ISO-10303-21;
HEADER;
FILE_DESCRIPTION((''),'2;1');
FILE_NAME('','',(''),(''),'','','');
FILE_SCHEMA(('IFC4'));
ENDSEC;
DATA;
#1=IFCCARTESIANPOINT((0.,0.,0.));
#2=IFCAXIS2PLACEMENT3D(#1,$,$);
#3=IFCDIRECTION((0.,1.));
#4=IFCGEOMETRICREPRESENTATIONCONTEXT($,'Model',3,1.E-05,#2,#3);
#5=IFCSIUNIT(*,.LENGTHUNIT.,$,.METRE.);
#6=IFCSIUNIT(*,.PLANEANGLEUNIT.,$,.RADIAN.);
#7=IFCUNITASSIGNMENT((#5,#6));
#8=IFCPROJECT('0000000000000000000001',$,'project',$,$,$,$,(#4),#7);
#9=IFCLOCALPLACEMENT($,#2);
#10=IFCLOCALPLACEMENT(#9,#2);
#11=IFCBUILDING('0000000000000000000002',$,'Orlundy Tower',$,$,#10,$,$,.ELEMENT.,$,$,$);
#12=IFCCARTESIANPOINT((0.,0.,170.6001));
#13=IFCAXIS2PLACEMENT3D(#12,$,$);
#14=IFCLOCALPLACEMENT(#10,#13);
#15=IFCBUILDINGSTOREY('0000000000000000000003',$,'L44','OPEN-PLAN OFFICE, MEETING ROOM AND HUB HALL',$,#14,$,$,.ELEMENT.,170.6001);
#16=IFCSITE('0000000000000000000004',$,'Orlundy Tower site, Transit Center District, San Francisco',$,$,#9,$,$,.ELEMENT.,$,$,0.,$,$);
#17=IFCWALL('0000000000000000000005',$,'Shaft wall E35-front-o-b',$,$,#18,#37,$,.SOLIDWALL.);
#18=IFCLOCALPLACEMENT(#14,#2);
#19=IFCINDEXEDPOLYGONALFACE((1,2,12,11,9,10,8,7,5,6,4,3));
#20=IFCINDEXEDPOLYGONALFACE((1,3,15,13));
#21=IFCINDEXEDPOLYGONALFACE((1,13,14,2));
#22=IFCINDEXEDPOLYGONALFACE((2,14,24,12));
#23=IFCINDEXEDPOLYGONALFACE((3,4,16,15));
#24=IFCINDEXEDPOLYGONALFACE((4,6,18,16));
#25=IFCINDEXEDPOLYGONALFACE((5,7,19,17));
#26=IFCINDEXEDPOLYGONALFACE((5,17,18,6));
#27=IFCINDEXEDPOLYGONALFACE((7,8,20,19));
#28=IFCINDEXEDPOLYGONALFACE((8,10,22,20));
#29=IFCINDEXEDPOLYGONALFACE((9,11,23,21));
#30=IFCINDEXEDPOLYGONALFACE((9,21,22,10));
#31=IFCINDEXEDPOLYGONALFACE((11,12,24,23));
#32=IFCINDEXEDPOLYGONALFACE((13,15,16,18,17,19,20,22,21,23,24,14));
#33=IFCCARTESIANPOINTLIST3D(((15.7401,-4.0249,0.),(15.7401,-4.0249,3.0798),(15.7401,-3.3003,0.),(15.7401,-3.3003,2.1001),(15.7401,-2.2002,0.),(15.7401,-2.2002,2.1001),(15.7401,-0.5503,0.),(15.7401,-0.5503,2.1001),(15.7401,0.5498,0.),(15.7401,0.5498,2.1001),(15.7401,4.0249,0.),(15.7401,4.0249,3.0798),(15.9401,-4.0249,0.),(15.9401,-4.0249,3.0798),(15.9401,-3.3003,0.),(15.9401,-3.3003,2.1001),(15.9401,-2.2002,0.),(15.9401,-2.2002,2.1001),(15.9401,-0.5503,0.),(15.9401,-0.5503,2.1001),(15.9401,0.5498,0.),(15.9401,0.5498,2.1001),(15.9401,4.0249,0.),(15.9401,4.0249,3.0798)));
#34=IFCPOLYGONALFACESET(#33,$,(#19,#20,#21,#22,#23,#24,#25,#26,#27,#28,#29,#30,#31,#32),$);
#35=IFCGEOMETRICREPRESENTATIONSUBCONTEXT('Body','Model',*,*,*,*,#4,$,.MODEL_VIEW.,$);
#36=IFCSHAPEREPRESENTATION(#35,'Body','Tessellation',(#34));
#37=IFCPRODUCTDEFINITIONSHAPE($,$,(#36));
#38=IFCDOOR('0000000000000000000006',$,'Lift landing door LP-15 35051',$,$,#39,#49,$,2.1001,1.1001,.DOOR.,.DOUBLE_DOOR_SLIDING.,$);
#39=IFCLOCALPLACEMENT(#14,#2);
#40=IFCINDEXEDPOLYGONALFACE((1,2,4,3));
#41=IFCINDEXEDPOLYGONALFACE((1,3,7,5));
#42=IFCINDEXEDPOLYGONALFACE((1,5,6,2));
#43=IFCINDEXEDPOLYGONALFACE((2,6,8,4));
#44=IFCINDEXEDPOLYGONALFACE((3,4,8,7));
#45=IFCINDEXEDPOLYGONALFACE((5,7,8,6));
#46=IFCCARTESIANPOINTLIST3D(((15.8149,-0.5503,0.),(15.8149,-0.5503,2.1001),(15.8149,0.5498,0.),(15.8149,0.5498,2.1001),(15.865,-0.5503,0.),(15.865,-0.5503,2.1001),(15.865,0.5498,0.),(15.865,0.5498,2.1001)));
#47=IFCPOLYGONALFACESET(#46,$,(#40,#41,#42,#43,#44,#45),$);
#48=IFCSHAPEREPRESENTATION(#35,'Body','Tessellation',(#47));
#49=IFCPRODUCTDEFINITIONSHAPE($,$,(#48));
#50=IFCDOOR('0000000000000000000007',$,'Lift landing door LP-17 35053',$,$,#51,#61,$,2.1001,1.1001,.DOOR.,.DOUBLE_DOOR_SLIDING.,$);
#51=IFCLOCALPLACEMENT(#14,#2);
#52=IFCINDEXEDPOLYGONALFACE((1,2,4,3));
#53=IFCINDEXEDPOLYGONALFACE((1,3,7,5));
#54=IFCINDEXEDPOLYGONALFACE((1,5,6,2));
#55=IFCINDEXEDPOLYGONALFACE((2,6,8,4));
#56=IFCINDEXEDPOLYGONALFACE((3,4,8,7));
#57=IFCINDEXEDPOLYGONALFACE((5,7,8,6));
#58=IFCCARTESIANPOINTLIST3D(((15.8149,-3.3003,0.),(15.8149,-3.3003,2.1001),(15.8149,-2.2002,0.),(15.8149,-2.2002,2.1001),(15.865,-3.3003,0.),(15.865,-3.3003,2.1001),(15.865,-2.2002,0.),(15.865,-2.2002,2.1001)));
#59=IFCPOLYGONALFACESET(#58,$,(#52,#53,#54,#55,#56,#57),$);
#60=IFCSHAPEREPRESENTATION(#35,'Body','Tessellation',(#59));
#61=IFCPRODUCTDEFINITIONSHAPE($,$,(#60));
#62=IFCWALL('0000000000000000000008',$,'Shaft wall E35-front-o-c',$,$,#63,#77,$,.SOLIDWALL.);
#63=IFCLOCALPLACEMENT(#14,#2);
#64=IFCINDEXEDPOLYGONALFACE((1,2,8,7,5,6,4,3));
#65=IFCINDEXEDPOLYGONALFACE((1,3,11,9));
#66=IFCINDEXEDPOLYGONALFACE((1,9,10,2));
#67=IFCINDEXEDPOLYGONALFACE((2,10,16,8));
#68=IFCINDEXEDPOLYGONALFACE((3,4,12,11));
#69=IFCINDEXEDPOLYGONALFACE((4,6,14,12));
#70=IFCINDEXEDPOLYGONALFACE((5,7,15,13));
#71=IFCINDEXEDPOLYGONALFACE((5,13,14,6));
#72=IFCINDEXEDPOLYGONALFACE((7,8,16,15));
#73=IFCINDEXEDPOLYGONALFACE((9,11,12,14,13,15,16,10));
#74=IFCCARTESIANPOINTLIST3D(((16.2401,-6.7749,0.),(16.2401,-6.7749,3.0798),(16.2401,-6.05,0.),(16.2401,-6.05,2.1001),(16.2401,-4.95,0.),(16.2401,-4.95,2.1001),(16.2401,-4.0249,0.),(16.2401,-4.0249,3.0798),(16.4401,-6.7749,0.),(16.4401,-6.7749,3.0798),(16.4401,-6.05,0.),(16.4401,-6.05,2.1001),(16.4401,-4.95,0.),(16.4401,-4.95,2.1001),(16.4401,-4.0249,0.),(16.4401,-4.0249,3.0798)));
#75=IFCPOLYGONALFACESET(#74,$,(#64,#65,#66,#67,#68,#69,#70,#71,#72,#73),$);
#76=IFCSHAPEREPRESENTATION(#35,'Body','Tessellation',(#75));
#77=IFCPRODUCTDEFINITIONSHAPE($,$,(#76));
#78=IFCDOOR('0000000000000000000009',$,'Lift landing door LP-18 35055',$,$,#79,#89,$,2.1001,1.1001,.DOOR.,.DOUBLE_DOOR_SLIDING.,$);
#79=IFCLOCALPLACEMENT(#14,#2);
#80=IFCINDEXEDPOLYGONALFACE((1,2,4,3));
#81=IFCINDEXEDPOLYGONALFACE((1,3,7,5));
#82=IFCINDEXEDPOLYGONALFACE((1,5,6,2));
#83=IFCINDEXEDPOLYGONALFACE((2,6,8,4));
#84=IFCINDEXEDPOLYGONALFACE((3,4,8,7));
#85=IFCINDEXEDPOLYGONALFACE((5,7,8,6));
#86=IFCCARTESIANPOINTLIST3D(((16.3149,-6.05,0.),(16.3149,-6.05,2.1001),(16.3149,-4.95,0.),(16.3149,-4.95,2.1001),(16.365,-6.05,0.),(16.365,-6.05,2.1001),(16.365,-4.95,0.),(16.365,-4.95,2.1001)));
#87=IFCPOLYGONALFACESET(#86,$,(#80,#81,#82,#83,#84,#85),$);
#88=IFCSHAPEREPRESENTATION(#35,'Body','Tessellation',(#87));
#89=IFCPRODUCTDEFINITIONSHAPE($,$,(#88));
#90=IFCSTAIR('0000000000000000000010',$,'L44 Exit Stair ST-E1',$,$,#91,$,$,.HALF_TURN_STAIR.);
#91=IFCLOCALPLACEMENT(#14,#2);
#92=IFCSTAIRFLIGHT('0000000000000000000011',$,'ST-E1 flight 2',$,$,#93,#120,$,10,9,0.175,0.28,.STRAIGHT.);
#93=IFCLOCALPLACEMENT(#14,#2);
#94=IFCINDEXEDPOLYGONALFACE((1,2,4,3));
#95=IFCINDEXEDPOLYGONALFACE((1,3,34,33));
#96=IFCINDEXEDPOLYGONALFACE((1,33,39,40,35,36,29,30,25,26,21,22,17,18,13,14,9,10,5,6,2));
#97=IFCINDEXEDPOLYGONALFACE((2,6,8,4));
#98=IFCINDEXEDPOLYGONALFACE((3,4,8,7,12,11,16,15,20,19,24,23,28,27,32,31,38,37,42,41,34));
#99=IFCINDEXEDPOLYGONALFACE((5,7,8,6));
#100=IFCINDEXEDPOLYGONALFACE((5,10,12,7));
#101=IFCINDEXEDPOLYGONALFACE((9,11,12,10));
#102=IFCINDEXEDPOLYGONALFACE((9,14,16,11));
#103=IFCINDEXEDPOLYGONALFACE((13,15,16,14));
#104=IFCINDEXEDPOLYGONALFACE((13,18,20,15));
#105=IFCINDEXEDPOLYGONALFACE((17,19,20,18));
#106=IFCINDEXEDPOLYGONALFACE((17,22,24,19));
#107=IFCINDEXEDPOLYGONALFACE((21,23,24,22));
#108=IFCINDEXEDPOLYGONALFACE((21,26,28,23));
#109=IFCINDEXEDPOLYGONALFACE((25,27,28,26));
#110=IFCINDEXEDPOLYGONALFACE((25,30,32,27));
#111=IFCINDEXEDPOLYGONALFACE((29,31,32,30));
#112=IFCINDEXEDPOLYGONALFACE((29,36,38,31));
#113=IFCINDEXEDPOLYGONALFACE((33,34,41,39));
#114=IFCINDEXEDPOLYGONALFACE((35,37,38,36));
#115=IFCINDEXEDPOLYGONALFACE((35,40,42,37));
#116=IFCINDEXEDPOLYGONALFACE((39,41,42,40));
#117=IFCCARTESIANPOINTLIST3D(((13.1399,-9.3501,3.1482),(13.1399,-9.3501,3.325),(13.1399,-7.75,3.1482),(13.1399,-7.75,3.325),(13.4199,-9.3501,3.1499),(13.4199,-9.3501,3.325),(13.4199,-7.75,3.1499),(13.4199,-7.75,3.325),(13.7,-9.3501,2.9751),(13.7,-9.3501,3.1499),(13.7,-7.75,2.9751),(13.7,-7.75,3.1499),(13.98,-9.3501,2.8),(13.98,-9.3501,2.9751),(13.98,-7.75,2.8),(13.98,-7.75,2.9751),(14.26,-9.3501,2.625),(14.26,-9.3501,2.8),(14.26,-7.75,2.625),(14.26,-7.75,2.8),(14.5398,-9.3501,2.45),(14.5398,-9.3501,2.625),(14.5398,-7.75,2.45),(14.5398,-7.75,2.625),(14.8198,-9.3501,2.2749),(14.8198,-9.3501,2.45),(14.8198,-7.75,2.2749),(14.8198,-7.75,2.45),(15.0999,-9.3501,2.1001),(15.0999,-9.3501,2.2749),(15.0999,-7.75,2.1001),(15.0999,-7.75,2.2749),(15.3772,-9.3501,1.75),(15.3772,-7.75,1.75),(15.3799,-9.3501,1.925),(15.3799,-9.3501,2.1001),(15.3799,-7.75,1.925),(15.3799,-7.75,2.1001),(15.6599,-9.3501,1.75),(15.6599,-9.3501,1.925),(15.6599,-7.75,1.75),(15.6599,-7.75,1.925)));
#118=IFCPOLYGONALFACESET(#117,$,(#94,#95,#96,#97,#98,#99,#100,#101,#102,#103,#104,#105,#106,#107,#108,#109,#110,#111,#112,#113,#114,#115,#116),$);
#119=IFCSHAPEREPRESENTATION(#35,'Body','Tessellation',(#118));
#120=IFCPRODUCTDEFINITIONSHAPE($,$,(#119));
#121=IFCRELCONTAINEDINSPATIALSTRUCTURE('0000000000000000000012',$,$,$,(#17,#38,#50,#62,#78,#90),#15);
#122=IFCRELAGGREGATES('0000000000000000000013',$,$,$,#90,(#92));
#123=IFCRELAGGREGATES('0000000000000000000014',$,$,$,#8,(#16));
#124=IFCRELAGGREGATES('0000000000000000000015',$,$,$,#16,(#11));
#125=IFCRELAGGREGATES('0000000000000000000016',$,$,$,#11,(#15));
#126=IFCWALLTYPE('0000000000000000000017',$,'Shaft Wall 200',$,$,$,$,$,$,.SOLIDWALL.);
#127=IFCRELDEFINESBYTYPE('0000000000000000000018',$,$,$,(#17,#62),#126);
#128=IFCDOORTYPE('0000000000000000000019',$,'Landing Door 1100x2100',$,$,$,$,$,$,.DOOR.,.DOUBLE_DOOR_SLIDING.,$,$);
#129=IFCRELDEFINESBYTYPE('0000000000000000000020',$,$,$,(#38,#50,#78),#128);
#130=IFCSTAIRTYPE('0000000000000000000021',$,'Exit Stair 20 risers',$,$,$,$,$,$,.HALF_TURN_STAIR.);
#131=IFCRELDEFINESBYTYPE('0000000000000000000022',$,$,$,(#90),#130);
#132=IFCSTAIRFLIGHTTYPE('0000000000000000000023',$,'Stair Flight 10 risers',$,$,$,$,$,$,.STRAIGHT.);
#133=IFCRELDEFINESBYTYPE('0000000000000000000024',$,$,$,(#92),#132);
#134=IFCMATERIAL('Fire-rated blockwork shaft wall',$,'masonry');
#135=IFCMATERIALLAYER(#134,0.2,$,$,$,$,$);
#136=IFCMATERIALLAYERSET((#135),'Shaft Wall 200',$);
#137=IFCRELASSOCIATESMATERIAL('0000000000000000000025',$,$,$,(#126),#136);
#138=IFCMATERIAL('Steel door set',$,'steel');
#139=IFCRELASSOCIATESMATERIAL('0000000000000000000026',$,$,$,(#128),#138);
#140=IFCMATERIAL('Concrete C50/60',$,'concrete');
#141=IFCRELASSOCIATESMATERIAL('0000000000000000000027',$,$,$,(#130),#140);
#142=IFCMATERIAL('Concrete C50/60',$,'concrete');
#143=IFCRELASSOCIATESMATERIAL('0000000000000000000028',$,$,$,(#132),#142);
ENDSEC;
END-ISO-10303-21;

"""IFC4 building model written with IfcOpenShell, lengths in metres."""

from ifc_helpers import new_model, si_unit, direction, frame, frame_2d, origin, place, context, subcontext, project, spatial, polyline, rectangle, outline, extrude, material, layer, layer_set, type_object, element, fill, aggregate, save


model = new_model("IFC4")

# Units and contexts
model_context = context("Model", 3, precision=1e-05, world=origin(), true_north=direction((0.0, 1.0)))
body_context = subcontext(model_context, "Body", "Model", "MODEL_VIEW")
ifc_project = project(units=[si_unit("LENGTHUNIT", "METRE"), si_unit("PLANEANGLEUNIT", "RADIAN")], contexts=[model_context])

# Site, building, storey
site_placement = place(None, origin())
site = spatial("IfcSite", under=ifc_project, at=site_placement, Name="Orlundy Tower site, Transit Center District, San Francisco", CompositionType="ELEMENT", RefElevation=0.0)
building_placement = place(site_placement, origin())
building = spatial("IfcBuilding", under=site, at=building_placement, Name="Orlundy Tower", CompositionType="ELEMENT")
storey_placement = place(building_placement, frame((0.0, 0.0, 170.6001)))
storey = spatial("IfcBuildingStorey", under=building, at=storey_placement, Name="L44", Description="OPEN-PLAN OFFICE, MEETING ROOM AND HUB HALL", CompositionType="ELEMENT", Elevation=170.6001)

# Shared definitions
ifc_material_1 = material(Name="Fire-rated blockwork shaft wall", Category="masonry")
ifc_layer_1 = layer(ifc_material_1, 0.2)
ifc_layer_set_1 = layer_set([ifc_layer_1], Name="Shaft Wall 200")
wall_type_1 = type_object("IfcWallType", Name="Shaft Wall 200", PredefinedType="SOLIDWALL", material=ifc_layer_set_1)
ifc_material_2 = material(Name="Steel door set", Category="steel")
door_type_1 = type_object("IfcDoorType", Name="Landing Door 1100x2100", OperationType="DOUBLE_DOOR_SLIDING", PredefinedType="DOOR", material=ifc_material_2)

# Wall, openings, doors
wall_1_placement = place(storey_placement, frame((15.8401, 4.0249, 0.0), z_axis=(0.0, 0.0, 1.0), x_axis=(0.0, -1.0, 0.0)))
wall_1 = element("IfcWall", 1, at=wall_1_placement, inside=storey, type_object=wall_type_1, Name="Shaft wall E35-front-o-b", PredefinedType="SOLIDWALL", context=body_context, shape_type="SweptSolid", body=[
    extrude(rectangle(XDim=8.0498, YDim=0.2, at=frame_2d((4.0249, 0.0))), origin(), (0.0, 0.0, 1.0), 3.0798),
])
opening_1_placement = place(wall_1_placement, frame((3.4751, 0.0, 0.0)))
opening_1 = element("IfcOpeningElement", 2, at=opening_1_placement, cuts=wall_1, PredefinedType="OPENING", context=body_context, shape_type="SweptSolid", body=[
    extrude(rectangle(XDim=1.1001, YDim=2.1001, at=frame_2d((0.55, 1.05))), frame((0.0, 0.1101, 0.0), z_axis=(0.0, -1.0, 0.0), x_axis=(1.0, 0.0, 0.0)), (0.0, 0.0, 1.0), 0.2202),
])
opening_2_placement = place(wall_1_placement, frame((6.2251, 0.0, 0.0)))
opening_2 = element("IfcOpeningElement", 3, at=opening_2_placement, cuts=wall_1, PredefinedType="OPENING", context=body_context, shape_type="SweptSolid", body=[
    extrude(rectangle(XDim=1.1001, YDim=2.1001, at=frame_2d((0.55, 1.05))), frame((0.0, 0.1101, 0.0), z_axis=(0.0, -1.0, 0.0), x_axis=(1.0, 0.0, 0.0)), (0.0, 0.0, 1.0), 0.2202),
])
door_1_placement = place(opening_1_placement, origin())
door_1 = element("IfcDoor", 4, at=door_1_placement, inside=storey, type_object=door_type_1, Name="Lift landing door LP-15 35051", OperationType="DOUBLE_DOOR_SLIDING", OverallHeight=2.1001, OverallWidth=1.1001, PredefinedType="DOOR", context=body_context, shape_type="SweptSolid", body=[
    extrude(rectangle(XDim=1.1001, YDim=2.1001, at=frame_2d((0.55, 1.05))), frame((0.0, 0.0249, 0.0), z_axis=(0.0, -1.0, 0.0), x_axis=(1.0, 0.0, 0.0)), (0.0, 0.0, 1.0), 0.05),
])
fill(opening_1, door_1)
door_2_placement = place(opening_2_placement, origin())
door_2 = element("IfcDoor", 5, at=door_2_placement, inside=storey, type_object=door_type_1, Name="Lift landing door LP-17 35053", OperationType="DOUBLE_DOOR_SLIDING", OverallHeight=2.1001, OverallWidth=1.1001, PredefinedType="DOOR", context=body_context, shape_type="SweptSolid", body=[
    extrude(rectangle(XDim=1.1001, YDim=2.1001, at=frame_2d((0.55, 1.05))), frame((0.0, 0.0249, 0.0), z_axis=(0.0, -1.0, 0.0), x_axis=(1.0, 0.0, 0.0)), (0.0, 0.0, 1.0), 0.05),
])
fill(opening_2, door_2)

# Wall, opening, door
wall_2_placement = place(storey_placement, frame((16.3401, -4.0249, 0.0), z_axis=(0.0, 0.0, 1.0), x_axis=(0.0, -1.0, 0.0)))
wall_2 = element("IfcWall", 6, at=wall_2_placement, inside=storey, type_object=wall_type_1, Name="Shaft wall E35-front-o-c", PredefinedType="SOLIDWALL", context=body_context, shape_type="SweptSolid", body=[
    extrude(rectangle(XDim=2.75, YDim=0.2, at=frame_2d((1.375, 0.0))), origin(), (0.0, 0.0, 1.0), 3.0798),
])
opening_3_placement = place(wall_2_placement, frame((0.925, 0.0, 0.0)))
opening_3 = element("IfcOpeningElement", 7, at=opening_3_placement, cuts=wall_2, PredefinedType="OPENING", context=body_context, shape_type="SweptSolid", body=[
    extrude(rectangle(XDim=1.1001, YDim=2.1001, at=frame_2d((0.55, 1.05))), frame((0.0, 0.1101, 0.0), z_axis=(0.0, -1.0, 0.0), x_axis=(1.0, 0.0, 0.0)), (0.0, 0.0, 1.0), 0.2202),
])
door_3_placement = place(opening_3_placement, origin())
door_3 = element("IfcDoor", 8, at=door_3_placement, inside=storey, type_object=door_type_1, Name="Lift landing door LP-18 35055", OperationType="DOUBLE_DOOR_SLIDING", OverallHeight=2.1001, OverallWidth=1.1001, PredefinedType="DOOR", context=body_context, shape_type="SweptSolid", body=[
    extrude(rectangle(XDim=1.1001, YDim=2.1001, at=frame_2d((0.55, 1.05))), frame((0.0, 0.0249, 0.0), z_axis=(0.0, -1.0, 0.0), x_axis=(1.0, 0.0, 0.0)), (0.0, 0.0, 1.0), 0.05),
])
fill(opening_3, door_3)

# Stair, stair flight
ifc_material_3 = material(Name="Concrete C50/60", Category="concrete")
stair_type = type_object("IfcStairType", Name="Exit Stair 20 risers", PredefinedType="HALF_TURN_STAIR", material=ifc_material_3)
stair_placement = place(storey_placement, origin())
stair = element("IfcStair", 9, at=stair_placement, inside=storey, type_object=stair_type, Name="L44 Exit Stair ST-E1", PredefinedType="HALF_TURN_STAIR")
ifc_material_4 = material(Name="Concrete C50/60", Category="concrete")
stair_flight_type = type_object("IfcStairFlightType", Name="Stair Flight 10 risers", PredefinedType="STRAIGHT", material=ifc_material_4)
stair_flight_placement = place(storey_placement, frame((15.6599, -8.55, 1.75), z_axis=(0.0, 0.0, 1.0), x_axis=(-1.0, 0.0, 0.0)))
stair_flight = element("IfcStairFlight", 10, at=stair_flight_placement, type_object=stair_flight_type, Name="ST-E1 flight 2", NumberOfRisers=10, NumberOfTreads=9, PredefinedType="STRAIGHT", RiserHeight=0.175, TreadLength=0.28, context=body_context, shape_type="SweptSolid", body=[
    extrude(outline(polyline([(0.0, 0.0), (0.0, 0.175), (0.28, 0.175), (0.28, 0.3501), (0.5601, 0.3501), (0.5601, 0.5249), (0.8401, 0.5249), (0.8401, 0.7), (1.1201, 0.7), (1.1201, 0.875), (1.3999, 0.875), (1.3999, 1.05), (1.6799, 1.05), (1.6799, 1.2251), (1.96, 1.2251), (1.96, 1.3999), (2.24, 1.3999), (2.24, 1.575), (2.52, 1.575), (2.52, 1.75), (2.52, 1.3982), (0.2827, 0.0), (0.0, 0.0)])), frame((0.0, 0.8, 0.0), z_axis=(0.0, -1.0, 0.0), x_axis=(1.0, 0.0, 0.0)), (0.0, 0.0, 1.0), 1.6001),
])
aggregate(stair, [stair_flight])

save(model, "model.ifc")
